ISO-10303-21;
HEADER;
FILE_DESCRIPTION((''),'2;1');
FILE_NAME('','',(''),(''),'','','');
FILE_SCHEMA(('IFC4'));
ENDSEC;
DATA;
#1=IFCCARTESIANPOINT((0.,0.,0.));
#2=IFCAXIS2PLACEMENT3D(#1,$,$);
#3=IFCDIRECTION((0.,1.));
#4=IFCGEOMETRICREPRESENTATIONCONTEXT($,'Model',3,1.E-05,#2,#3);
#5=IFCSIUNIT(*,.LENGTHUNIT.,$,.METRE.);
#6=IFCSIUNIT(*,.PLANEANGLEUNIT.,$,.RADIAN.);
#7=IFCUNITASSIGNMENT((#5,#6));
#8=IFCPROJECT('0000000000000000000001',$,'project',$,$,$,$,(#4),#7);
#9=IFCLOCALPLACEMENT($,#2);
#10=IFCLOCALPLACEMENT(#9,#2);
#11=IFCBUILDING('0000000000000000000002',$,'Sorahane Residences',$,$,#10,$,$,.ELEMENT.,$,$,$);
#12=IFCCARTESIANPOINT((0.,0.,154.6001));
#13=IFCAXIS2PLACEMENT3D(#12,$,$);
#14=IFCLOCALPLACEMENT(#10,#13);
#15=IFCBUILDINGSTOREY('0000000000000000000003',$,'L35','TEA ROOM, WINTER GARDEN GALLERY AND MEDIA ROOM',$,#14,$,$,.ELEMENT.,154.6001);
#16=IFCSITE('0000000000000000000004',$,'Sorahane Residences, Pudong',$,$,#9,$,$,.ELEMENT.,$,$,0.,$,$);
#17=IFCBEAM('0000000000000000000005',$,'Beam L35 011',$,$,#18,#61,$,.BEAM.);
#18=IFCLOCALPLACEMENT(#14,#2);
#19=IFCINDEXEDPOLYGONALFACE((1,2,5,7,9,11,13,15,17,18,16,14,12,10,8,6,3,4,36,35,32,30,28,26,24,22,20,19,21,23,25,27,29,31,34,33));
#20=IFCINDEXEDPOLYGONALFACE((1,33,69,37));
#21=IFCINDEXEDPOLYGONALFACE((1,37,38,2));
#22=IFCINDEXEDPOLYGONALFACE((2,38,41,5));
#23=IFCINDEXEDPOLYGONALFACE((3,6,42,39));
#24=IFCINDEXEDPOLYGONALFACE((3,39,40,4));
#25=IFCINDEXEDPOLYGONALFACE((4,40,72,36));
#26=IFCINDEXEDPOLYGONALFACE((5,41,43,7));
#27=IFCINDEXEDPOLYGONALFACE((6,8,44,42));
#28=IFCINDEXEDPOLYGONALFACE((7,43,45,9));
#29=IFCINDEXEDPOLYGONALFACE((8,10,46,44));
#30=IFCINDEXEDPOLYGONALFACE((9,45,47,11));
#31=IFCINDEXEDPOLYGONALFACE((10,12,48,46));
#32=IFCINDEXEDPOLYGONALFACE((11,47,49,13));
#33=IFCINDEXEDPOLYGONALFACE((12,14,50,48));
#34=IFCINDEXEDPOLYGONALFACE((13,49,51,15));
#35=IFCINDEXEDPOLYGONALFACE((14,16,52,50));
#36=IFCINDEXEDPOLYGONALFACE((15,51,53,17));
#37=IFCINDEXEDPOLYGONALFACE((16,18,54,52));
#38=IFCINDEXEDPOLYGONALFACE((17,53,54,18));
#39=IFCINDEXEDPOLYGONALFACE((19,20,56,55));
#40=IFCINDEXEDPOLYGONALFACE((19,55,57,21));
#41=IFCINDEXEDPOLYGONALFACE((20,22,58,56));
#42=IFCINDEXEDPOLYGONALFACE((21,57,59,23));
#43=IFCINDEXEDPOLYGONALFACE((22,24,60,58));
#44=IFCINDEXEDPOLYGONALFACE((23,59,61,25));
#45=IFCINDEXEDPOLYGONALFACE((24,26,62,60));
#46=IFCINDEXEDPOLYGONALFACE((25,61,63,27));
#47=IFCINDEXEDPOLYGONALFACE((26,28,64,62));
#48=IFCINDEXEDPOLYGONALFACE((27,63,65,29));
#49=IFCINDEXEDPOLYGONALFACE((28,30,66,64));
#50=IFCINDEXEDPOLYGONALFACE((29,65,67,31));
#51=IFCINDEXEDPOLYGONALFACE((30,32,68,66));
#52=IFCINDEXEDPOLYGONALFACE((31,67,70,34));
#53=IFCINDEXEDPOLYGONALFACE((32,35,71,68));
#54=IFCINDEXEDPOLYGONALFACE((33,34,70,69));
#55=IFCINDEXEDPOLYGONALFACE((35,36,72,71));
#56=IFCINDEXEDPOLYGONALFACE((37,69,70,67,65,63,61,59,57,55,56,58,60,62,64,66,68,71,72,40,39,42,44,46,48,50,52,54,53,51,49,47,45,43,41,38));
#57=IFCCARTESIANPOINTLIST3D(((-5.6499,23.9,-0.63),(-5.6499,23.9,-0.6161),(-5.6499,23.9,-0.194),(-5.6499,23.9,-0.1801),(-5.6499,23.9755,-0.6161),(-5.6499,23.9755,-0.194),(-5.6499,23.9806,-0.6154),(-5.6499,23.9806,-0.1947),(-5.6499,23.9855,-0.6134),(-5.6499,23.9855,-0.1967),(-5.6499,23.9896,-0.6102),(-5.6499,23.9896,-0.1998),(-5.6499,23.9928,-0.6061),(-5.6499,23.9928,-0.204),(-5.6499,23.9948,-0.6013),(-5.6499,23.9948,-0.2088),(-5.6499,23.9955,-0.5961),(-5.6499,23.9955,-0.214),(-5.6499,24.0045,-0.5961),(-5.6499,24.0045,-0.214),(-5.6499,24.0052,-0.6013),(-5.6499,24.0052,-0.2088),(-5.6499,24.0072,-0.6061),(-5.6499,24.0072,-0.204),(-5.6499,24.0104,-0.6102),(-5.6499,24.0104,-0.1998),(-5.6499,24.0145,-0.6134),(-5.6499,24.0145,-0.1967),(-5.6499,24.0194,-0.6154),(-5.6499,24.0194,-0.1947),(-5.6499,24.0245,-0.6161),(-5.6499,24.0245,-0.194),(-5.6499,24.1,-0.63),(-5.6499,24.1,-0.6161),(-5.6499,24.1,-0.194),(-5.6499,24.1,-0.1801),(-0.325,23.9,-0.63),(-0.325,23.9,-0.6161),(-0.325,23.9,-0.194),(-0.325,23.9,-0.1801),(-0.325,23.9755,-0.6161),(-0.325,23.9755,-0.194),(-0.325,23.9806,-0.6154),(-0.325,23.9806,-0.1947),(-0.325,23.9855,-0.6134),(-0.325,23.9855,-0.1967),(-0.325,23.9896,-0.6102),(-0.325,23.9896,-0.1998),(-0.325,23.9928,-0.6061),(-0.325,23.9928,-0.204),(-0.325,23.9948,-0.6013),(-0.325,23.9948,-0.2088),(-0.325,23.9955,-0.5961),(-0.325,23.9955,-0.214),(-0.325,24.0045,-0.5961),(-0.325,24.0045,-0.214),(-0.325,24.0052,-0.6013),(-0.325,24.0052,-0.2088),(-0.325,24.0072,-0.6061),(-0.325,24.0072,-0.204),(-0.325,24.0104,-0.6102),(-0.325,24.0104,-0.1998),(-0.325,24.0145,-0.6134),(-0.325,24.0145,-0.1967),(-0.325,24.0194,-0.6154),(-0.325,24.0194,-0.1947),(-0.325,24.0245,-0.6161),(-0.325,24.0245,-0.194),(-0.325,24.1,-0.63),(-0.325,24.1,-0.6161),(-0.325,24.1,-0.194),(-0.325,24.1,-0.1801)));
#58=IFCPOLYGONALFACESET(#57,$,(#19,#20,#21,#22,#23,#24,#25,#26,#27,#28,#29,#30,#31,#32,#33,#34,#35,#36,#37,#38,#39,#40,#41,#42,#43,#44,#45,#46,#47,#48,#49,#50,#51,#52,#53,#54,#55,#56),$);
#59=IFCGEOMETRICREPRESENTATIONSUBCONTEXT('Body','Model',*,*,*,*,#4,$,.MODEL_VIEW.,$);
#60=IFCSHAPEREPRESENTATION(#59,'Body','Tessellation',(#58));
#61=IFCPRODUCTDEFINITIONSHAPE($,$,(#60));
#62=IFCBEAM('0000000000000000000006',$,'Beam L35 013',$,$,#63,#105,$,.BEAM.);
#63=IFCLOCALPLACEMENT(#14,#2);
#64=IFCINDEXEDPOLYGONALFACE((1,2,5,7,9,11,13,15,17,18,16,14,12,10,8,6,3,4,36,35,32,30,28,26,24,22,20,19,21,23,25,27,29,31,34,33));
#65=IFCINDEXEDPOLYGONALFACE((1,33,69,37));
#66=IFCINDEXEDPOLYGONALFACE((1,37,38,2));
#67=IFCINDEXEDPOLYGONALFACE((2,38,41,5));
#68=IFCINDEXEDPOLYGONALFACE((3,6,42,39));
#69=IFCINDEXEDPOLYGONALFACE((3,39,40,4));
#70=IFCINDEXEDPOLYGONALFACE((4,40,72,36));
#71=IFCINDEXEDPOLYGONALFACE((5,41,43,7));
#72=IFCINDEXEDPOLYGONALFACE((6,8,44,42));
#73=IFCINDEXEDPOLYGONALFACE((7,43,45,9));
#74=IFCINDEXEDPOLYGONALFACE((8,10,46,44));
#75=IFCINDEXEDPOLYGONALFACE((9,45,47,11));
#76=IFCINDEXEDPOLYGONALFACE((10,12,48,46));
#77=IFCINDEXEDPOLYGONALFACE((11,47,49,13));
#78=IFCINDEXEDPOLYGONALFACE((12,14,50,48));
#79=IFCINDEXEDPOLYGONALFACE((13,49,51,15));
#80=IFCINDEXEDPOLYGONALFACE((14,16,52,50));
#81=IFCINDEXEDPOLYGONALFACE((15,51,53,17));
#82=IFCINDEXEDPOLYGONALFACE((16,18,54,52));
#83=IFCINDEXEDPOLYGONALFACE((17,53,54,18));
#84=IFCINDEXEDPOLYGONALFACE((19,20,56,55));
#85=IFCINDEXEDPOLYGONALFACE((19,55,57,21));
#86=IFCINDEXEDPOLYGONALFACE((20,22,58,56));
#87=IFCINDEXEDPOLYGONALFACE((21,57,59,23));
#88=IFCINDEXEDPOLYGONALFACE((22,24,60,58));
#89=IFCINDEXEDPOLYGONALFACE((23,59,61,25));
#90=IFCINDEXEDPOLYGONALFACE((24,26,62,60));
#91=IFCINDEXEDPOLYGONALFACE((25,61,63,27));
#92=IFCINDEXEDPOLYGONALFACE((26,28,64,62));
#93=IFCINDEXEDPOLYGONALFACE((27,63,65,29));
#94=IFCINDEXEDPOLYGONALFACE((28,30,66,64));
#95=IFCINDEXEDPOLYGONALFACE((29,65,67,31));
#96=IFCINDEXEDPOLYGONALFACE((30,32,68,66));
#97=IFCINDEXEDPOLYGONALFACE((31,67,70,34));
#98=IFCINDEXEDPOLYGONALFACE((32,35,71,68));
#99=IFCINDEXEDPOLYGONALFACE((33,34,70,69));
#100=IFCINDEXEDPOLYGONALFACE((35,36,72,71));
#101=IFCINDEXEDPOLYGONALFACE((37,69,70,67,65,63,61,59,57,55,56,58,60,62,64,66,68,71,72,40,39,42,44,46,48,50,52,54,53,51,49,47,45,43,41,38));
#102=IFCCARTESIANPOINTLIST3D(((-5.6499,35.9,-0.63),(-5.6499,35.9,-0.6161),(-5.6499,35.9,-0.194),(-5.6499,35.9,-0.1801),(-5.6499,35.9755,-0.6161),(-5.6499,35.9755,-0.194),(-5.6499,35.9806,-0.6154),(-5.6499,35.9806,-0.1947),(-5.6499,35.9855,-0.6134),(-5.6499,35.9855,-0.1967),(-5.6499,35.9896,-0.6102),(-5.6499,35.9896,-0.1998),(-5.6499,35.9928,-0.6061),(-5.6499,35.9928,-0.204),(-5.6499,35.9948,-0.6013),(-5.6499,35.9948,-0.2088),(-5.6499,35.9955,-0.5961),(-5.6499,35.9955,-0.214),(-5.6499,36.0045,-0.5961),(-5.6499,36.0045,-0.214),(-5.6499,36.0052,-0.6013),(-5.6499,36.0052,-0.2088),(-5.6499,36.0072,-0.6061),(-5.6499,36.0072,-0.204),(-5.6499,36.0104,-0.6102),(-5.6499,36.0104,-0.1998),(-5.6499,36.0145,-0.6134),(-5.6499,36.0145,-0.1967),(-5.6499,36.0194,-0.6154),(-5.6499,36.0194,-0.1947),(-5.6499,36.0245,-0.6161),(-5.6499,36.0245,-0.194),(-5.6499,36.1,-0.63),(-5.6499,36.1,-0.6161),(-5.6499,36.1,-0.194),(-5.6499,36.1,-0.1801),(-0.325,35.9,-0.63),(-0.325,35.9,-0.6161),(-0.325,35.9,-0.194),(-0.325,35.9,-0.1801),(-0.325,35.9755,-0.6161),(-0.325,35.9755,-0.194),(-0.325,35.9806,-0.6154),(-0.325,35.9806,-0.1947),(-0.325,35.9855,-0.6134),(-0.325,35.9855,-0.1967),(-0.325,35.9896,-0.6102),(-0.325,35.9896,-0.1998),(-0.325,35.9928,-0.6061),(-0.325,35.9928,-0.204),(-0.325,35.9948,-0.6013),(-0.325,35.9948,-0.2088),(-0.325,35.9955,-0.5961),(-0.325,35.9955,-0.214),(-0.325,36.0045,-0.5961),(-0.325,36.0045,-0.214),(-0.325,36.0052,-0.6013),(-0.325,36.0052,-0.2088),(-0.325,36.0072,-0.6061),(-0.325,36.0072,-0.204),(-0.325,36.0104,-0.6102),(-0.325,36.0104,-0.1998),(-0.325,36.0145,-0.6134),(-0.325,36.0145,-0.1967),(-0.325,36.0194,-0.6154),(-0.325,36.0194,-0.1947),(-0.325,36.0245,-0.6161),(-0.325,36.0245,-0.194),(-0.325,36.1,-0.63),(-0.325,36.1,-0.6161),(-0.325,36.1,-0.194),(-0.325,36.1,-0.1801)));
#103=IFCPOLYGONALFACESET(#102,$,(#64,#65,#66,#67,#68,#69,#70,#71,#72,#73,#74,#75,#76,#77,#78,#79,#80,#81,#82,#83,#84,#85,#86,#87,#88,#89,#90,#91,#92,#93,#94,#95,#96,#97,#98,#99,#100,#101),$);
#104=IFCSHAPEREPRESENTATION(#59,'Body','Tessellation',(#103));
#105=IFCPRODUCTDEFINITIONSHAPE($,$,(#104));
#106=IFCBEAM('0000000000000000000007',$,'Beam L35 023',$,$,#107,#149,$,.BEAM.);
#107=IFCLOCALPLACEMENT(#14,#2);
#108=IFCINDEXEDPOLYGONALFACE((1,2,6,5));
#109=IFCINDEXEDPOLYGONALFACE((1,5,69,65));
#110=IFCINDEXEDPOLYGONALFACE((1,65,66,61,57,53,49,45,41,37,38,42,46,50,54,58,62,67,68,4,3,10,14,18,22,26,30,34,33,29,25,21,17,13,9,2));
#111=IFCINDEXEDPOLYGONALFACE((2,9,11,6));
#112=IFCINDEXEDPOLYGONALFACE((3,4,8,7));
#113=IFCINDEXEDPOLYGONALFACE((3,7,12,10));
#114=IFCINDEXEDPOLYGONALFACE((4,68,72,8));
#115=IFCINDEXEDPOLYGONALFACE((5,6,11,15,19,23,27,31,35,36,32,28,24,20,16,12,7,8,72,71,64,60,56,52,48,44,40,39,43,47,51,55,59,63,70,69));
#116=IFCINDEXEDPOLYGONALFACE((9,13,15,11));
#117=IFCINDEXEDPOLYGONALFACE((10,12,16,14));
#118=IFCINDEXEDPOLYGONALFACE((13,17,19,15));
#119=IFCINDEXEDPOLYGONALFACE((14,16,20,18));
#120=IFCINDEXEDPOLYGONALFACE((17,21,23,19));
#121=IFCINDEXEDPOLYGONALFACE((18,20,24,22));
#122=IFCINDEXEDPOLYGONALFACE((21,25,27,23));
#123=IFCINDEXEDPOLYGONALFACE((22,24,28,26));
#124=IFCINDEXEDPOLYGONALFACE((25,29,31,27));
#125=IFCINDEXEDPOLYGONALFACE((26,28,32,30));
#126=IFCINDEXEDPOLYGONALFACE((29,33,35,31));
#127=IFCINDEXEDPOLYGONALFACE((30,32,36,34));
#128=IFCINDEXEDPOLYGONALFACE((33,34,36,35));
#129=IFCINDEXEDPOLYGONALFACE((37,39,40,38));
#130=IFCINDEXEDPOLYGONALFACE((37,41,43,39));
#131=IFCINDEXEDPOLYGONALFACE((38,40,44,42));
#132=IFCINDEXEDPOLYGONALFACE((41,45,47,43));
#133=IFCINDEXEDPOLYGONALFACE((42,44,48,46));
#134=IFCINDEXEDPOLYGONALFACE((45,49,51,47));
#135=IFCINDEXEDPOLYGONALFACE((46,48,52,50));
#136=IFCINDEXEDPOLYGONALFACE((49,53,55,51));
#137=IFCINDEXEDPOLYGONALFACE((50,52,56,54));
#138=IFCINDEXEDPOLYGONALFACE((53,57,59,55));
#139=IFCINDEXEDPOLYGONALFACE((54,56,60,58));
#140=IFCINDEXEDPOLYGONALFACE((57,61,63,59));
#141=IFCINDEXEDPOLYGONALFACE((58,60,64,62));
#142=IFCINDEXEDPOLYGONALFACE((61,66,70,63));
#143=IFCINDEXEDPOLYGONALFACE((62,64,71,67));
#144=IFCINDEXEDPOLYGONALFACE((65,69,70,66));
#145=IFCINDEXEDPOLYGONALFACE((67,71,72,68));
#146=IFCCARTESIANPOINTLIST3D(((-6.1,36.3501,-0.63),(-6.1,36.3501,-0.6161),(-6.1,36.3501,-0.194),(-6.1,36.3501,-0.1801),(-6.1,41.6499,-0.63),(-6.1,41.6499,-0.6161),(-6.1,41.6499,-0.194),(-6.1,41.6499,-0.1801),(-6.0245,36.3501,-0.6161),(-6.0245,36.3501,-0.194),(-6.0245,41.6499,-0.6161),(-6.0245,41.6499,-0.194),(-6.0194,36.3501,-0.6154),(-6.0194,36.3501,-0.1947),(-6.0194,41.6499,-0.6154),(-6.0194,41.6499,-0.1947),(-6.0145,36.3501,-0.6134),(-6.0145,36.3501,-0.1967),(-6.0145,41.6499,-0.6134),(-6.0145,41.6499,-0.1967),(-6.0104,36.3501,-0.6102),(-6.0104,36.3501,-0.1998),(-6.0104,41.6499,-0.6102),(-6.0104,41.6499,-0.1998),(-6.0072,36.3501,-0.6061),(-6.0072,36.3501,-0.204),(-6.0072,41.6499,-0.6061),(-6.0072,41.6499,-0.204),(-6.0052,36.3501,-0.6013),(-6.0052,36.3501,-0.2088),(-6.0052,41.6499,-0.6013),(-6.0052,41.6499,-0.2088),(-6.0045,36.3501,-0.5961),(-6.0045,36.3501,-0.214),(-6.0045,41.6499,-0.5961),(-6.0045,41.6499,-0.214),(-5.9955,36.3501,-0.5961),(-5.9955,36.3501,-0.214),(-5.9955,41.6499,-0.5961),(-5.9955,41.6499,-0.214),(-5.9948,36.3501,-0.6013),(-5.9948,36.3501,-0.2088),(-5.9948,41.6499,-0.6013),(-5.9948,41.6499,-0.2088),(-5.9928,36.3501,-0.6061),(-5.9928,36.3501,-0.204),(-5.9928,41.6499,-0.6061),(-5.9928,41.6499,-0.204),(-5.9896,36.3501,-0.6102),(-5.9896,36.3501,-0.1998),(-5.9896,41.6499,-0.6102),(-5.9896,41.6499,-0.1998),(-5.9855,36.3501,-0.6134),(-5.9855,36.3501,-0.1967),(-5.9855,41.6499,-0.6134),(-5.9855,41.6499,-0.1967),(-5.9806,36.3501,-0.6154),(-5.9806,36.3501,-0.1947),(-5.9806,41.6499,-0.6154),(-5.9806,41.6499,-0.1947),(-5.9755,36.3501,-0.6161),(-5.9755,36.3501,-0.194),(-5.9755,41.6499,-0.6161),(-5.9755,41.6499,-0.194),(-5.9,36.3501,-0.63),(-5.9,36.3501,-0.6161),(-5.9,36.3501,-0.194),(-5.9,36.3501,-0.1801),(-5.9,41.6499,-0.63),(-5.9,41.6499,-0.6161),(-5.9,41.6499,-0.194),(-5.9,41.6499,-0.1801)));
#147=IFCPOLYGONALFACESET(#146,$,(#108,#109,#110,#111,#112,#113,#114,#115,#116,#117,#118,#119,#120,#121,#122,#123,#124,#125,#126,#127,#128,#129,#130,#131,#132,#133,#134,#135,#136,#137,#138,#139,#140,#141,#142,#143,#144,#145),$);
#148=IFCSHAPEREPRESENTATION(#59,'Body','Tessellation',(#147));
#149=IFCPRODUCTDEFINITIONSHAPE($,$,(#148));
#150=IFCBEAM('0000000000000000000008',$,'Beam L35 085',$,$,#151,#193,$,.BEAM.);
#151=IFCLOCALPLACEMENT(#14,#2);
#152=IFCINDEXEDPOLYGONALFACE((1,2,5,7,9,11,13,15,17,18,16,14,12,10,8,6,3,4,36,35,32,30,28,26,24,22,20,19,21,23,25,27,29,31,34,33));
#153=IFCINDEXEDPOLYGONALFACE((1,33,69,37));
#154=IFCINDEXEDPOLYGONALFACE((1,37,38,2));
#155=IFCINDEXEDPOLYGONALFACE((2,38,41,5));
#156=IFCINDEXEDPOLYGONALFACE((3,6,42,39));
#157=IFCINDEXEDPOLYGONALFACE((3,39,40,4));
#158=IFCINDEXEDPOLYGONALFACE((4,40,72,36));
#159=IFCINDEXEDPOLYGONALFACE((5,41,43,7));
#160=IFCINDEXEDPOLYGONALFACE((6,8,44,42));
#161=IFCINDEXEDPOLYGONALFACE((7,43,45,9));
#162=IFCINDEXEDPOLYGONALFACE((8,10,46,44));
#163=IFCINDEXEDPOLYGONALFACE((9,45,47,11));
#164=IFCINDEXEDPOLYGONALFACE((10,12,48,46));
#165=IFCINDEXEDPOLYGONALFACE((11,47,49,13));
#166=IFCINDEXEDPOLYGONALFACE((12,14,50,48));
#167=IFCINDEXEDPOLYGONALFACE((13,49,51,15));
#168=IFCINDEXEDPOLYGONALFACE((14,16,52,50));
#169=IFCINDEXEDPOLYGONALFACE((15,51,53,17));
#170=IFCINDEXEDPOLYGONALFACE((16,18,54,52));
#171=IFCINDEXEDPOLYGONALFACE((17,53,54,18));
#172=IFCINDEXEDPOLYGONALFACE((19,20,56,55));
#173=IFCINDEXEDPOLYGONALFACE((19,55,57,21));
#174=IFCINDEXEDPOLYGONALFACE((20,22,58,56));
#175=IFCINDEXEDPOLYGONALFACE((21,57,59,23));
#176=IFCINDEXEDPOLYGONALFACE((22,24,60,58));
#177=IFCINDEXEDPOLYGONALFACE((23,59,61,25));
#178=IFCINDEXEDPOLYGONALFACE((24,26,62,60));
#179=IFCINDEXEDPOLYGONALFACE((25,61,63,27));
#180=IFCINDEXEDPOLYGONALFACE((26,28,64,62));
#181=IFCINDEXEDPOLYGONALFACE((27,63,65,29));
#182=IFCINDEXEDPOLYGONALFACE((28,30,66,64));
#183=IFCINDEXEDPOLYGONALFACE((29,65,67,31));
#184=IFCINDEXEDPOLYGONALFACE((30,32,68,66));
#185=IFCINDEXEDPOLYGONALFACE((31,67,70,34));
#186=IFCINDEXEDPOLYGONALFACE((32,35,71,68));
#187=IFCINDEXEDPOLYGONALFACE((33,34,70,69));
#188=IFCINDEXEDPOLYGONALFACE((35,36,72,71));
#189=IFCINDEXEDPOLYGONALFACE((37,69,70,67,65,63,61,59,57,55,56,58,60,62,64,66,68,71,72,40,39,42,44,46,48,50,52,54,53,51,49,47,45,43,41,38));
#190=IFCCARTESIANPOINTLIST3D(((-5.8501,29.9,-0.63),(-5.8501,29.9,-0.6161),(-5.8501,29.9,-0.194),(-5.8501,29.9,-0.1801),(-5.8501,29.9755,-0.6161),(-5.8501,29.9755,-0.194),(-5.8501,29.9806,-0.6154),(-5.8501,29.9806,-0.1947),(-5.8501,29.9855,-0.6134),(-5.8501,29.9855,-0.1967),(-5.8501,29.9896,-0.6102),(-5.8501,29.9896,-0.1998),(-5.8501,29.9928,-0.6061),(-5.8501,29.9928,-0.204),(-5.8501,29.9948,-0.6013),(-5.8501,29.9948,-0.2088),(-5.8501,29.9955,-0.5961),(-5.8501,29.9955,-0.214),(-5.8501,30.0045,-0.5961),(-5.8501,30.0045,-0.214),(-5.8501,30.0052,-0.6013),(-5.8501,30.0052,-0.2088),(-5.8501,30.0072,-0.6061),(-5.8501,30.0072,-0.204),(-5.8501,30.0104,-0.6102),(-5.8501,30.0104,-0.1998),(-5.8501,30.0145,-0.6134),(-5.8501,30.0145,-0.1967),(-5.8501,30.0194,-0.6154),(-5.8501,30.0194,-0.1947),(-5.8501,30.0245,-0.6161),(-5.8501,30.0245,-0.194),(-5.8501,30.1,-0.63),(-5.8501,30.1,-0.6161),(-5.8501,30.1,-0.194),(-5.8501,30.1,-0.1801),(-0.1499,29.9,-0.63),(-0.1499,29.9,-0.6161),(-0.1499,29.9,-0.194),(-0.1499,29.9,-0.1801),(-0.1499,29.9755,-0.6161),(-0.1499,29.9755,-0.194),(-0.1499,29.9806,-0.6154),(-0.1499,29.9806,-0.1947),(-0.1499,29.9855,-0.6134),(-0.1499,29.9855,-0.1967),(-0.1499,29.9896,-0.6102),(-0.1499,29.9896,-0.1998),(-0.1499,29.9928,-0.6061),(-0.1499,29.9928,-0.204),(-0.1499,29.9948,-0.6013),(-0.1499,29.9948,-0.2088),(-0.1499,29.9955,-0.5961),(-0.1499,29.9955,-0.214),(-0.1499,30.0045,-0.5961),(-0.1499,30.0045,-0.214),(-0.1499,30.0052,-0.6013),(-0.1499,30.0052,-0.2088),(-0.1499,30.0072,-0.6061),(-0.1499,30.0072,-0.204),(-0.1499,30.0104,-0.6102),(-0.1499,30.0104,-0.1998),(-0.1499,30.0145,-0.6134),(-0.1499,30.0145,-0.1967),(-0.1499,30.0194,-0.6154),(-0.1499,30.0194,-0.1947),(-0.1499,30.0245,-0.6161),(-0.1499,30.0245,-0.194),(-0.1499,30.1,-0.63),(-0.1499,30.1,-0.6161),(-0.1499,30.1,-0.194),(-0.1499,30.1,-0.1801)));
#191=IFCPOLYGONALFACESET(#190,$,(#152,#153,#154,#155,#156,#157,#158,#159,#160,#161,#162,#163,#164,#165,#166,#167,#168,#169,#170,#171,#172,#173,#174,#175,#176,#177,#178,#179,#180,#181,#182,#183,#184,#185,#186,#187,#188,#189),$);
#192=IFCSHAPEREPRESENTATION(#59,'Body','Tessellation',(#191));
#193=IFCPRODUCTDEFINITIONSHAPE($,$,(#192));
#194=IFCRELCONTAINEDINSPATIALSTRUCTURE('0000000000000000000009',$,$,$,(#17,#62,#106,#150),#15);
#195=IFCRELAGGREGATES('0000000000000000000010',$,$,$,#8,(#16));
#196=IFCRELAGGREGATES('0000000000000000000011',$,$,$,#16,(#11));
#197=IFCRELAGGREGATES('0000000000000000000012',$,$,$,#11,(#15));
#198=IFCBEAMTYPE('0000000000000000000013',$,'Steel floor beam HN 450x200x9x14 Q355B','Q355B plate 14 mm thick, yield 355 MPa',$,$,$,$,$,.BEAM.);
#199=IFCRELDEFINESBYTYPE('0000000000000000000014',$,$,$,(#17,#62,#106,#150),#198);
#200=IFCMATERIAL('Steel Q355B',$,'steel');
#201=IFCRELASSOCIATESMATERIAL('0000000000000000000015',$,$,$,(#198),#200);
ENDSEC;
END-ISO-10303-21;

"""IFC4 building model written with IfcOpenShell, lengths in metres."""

from ifc_helpers import new_model, si_unit, direction, frame, origin, origin_2d, place, context, subcontext, project, spatial, i_section, extrude, material, material_profile, profile_set, type_object, element, save


model = new_model("IFC4")

# Units and contexts
model_context = context("Model", 3, precision=1e-05, world=origin(), true_north=direction((0.0, 1.0)))
body_context = subcontext(model_context, "Body", "Model", "MODEL_VIEW")
ifc_project = project(units=[si_unit("LENGTHUNIT", "METRE"), si_unit("PLANEANGLEUNIT", "RADIAN")], contexts=[model_context])

# Site, building, storey
site_placement = place(None, origin())
site = spatial("IfcSite", under=ifc_project, at=site_placement, Name="Sorahane Residences, Pudong", CompositionType="ELEMENT", RefElevation=0.0)
building_placement = place(site_placement, origin())
building = spatial("IfcBuilding", under=site, at=building_placement, Name="Sorahane Residences", CompositionType="ELEMENT")
storey_placement = place(building_placement, frame((0.0, 0.0, 154.6001)))
storey = spatial("IfcBuildingStorey", under=building, at=storey_placement, Name="L35", Description="TEA ROOM, WINTER GARDEN GALLERY AND MEDIA ROOM", CompositionType="ELEMENT", Elevation=154.6001)

# Beams
ifc_material_1 = material(Name="Steel Q355B", Category="steel")
ifc_material_profile_1 = material_profile(ifc_material_1, i_section(OverallWidth=0.2, OverallDepth=0.45, WebThickness=0.009, FlangeThickness=0.0139, FilletRadius=0.02, at=origin_2d()), Name="HN 450x200x9x14")
ifc_profile_set_1 = profile_set([ifc_material_profile_1], Name="Steel Q355B")
beam_type_1 = type_object("IfcBeamType", Name="Steel floor beam HN 450x200x9x14 Q355B", Description="Q355B plate 14 mm thick, yield 355 MPa", PredefinedType="BEAM", material=ifc_profile_set_1)
for number, where, z_axis, x_axis, name in (
    (1, (-5.6499, 24.0, -0.405), (1.0, 0.0, 0.0), (0.0, 1.0, 0.0), "Beam L35 011"),
    (2, (-5.6499, 36.0, -0.405), (1.0, 0.0, 0.0), (0.0, 1.0, 0.0), "Beam L35 013"),
):
    element("IfcBeam", number, at=place(storey_placement, frame(where, z_axis=z_axis, x_axis=x_axis)), inside=storey, type_object=beam_type_1, Name=name, PredefinedType="BEAM", context=body_context, shape_type="SweptSolid", body=[
        extrude(i_section(OverallWidth=0.2, OverallDepth=0.45, WebThickness=0.009, FlangeThickness=0.0139, FilletRadius=0.02, at=origin_2d()), origin(), (0.0, 0.0, 1.0), 5.325),
    ])
beam_1_placement = place(storey_placement, frame((-6.0, 36.3501, -0.405), z_axis=(0.0, 1.0, 0.0), x_axis=(-1.0, 0.0, 0.0)))
element("IfcBeam", 3, at=beam_1_placement, inside=storey, type_object=beam_type_1, Name="Beam L35 023", PredefinedType="BEAM", context=body_context, shape_type="SweptSolid", body=[
    extrude(i_section(OverallWidth=0.2, OverallDepth=0.45, WebThickness=0.009, FlangeThickness=0.0139, FilletRadius=0.02, at=origin_2d()), origin(), (0.0, 0.0, 1.0), 5.2998),
])
beam_2_placement = place(storey_placement, frame((-5.8501, 30.0, -0.405), z_axis=(1.0, 0.0, 0.0), x_axis=(0.0, 1.0, 0.0)))
element("IfcBeam", 4, at=beam_2_placement, inside=storey, type_object=beam_type_1, Name="Beam L35 085", PredefinedType="BEAM", context=body_context, shape_type="SweptSolid", body=[
    extrude(i_section(OverallWidth=0.2, OverallDepth=0.45, WebThickness=0.009, FlangeThickness=0.0139, FilletRadius=0.02, at=origin_2d()), origin(), (0.0, 0.0, 1.0), 5.7002),
])

save(model, "model.ifc")
